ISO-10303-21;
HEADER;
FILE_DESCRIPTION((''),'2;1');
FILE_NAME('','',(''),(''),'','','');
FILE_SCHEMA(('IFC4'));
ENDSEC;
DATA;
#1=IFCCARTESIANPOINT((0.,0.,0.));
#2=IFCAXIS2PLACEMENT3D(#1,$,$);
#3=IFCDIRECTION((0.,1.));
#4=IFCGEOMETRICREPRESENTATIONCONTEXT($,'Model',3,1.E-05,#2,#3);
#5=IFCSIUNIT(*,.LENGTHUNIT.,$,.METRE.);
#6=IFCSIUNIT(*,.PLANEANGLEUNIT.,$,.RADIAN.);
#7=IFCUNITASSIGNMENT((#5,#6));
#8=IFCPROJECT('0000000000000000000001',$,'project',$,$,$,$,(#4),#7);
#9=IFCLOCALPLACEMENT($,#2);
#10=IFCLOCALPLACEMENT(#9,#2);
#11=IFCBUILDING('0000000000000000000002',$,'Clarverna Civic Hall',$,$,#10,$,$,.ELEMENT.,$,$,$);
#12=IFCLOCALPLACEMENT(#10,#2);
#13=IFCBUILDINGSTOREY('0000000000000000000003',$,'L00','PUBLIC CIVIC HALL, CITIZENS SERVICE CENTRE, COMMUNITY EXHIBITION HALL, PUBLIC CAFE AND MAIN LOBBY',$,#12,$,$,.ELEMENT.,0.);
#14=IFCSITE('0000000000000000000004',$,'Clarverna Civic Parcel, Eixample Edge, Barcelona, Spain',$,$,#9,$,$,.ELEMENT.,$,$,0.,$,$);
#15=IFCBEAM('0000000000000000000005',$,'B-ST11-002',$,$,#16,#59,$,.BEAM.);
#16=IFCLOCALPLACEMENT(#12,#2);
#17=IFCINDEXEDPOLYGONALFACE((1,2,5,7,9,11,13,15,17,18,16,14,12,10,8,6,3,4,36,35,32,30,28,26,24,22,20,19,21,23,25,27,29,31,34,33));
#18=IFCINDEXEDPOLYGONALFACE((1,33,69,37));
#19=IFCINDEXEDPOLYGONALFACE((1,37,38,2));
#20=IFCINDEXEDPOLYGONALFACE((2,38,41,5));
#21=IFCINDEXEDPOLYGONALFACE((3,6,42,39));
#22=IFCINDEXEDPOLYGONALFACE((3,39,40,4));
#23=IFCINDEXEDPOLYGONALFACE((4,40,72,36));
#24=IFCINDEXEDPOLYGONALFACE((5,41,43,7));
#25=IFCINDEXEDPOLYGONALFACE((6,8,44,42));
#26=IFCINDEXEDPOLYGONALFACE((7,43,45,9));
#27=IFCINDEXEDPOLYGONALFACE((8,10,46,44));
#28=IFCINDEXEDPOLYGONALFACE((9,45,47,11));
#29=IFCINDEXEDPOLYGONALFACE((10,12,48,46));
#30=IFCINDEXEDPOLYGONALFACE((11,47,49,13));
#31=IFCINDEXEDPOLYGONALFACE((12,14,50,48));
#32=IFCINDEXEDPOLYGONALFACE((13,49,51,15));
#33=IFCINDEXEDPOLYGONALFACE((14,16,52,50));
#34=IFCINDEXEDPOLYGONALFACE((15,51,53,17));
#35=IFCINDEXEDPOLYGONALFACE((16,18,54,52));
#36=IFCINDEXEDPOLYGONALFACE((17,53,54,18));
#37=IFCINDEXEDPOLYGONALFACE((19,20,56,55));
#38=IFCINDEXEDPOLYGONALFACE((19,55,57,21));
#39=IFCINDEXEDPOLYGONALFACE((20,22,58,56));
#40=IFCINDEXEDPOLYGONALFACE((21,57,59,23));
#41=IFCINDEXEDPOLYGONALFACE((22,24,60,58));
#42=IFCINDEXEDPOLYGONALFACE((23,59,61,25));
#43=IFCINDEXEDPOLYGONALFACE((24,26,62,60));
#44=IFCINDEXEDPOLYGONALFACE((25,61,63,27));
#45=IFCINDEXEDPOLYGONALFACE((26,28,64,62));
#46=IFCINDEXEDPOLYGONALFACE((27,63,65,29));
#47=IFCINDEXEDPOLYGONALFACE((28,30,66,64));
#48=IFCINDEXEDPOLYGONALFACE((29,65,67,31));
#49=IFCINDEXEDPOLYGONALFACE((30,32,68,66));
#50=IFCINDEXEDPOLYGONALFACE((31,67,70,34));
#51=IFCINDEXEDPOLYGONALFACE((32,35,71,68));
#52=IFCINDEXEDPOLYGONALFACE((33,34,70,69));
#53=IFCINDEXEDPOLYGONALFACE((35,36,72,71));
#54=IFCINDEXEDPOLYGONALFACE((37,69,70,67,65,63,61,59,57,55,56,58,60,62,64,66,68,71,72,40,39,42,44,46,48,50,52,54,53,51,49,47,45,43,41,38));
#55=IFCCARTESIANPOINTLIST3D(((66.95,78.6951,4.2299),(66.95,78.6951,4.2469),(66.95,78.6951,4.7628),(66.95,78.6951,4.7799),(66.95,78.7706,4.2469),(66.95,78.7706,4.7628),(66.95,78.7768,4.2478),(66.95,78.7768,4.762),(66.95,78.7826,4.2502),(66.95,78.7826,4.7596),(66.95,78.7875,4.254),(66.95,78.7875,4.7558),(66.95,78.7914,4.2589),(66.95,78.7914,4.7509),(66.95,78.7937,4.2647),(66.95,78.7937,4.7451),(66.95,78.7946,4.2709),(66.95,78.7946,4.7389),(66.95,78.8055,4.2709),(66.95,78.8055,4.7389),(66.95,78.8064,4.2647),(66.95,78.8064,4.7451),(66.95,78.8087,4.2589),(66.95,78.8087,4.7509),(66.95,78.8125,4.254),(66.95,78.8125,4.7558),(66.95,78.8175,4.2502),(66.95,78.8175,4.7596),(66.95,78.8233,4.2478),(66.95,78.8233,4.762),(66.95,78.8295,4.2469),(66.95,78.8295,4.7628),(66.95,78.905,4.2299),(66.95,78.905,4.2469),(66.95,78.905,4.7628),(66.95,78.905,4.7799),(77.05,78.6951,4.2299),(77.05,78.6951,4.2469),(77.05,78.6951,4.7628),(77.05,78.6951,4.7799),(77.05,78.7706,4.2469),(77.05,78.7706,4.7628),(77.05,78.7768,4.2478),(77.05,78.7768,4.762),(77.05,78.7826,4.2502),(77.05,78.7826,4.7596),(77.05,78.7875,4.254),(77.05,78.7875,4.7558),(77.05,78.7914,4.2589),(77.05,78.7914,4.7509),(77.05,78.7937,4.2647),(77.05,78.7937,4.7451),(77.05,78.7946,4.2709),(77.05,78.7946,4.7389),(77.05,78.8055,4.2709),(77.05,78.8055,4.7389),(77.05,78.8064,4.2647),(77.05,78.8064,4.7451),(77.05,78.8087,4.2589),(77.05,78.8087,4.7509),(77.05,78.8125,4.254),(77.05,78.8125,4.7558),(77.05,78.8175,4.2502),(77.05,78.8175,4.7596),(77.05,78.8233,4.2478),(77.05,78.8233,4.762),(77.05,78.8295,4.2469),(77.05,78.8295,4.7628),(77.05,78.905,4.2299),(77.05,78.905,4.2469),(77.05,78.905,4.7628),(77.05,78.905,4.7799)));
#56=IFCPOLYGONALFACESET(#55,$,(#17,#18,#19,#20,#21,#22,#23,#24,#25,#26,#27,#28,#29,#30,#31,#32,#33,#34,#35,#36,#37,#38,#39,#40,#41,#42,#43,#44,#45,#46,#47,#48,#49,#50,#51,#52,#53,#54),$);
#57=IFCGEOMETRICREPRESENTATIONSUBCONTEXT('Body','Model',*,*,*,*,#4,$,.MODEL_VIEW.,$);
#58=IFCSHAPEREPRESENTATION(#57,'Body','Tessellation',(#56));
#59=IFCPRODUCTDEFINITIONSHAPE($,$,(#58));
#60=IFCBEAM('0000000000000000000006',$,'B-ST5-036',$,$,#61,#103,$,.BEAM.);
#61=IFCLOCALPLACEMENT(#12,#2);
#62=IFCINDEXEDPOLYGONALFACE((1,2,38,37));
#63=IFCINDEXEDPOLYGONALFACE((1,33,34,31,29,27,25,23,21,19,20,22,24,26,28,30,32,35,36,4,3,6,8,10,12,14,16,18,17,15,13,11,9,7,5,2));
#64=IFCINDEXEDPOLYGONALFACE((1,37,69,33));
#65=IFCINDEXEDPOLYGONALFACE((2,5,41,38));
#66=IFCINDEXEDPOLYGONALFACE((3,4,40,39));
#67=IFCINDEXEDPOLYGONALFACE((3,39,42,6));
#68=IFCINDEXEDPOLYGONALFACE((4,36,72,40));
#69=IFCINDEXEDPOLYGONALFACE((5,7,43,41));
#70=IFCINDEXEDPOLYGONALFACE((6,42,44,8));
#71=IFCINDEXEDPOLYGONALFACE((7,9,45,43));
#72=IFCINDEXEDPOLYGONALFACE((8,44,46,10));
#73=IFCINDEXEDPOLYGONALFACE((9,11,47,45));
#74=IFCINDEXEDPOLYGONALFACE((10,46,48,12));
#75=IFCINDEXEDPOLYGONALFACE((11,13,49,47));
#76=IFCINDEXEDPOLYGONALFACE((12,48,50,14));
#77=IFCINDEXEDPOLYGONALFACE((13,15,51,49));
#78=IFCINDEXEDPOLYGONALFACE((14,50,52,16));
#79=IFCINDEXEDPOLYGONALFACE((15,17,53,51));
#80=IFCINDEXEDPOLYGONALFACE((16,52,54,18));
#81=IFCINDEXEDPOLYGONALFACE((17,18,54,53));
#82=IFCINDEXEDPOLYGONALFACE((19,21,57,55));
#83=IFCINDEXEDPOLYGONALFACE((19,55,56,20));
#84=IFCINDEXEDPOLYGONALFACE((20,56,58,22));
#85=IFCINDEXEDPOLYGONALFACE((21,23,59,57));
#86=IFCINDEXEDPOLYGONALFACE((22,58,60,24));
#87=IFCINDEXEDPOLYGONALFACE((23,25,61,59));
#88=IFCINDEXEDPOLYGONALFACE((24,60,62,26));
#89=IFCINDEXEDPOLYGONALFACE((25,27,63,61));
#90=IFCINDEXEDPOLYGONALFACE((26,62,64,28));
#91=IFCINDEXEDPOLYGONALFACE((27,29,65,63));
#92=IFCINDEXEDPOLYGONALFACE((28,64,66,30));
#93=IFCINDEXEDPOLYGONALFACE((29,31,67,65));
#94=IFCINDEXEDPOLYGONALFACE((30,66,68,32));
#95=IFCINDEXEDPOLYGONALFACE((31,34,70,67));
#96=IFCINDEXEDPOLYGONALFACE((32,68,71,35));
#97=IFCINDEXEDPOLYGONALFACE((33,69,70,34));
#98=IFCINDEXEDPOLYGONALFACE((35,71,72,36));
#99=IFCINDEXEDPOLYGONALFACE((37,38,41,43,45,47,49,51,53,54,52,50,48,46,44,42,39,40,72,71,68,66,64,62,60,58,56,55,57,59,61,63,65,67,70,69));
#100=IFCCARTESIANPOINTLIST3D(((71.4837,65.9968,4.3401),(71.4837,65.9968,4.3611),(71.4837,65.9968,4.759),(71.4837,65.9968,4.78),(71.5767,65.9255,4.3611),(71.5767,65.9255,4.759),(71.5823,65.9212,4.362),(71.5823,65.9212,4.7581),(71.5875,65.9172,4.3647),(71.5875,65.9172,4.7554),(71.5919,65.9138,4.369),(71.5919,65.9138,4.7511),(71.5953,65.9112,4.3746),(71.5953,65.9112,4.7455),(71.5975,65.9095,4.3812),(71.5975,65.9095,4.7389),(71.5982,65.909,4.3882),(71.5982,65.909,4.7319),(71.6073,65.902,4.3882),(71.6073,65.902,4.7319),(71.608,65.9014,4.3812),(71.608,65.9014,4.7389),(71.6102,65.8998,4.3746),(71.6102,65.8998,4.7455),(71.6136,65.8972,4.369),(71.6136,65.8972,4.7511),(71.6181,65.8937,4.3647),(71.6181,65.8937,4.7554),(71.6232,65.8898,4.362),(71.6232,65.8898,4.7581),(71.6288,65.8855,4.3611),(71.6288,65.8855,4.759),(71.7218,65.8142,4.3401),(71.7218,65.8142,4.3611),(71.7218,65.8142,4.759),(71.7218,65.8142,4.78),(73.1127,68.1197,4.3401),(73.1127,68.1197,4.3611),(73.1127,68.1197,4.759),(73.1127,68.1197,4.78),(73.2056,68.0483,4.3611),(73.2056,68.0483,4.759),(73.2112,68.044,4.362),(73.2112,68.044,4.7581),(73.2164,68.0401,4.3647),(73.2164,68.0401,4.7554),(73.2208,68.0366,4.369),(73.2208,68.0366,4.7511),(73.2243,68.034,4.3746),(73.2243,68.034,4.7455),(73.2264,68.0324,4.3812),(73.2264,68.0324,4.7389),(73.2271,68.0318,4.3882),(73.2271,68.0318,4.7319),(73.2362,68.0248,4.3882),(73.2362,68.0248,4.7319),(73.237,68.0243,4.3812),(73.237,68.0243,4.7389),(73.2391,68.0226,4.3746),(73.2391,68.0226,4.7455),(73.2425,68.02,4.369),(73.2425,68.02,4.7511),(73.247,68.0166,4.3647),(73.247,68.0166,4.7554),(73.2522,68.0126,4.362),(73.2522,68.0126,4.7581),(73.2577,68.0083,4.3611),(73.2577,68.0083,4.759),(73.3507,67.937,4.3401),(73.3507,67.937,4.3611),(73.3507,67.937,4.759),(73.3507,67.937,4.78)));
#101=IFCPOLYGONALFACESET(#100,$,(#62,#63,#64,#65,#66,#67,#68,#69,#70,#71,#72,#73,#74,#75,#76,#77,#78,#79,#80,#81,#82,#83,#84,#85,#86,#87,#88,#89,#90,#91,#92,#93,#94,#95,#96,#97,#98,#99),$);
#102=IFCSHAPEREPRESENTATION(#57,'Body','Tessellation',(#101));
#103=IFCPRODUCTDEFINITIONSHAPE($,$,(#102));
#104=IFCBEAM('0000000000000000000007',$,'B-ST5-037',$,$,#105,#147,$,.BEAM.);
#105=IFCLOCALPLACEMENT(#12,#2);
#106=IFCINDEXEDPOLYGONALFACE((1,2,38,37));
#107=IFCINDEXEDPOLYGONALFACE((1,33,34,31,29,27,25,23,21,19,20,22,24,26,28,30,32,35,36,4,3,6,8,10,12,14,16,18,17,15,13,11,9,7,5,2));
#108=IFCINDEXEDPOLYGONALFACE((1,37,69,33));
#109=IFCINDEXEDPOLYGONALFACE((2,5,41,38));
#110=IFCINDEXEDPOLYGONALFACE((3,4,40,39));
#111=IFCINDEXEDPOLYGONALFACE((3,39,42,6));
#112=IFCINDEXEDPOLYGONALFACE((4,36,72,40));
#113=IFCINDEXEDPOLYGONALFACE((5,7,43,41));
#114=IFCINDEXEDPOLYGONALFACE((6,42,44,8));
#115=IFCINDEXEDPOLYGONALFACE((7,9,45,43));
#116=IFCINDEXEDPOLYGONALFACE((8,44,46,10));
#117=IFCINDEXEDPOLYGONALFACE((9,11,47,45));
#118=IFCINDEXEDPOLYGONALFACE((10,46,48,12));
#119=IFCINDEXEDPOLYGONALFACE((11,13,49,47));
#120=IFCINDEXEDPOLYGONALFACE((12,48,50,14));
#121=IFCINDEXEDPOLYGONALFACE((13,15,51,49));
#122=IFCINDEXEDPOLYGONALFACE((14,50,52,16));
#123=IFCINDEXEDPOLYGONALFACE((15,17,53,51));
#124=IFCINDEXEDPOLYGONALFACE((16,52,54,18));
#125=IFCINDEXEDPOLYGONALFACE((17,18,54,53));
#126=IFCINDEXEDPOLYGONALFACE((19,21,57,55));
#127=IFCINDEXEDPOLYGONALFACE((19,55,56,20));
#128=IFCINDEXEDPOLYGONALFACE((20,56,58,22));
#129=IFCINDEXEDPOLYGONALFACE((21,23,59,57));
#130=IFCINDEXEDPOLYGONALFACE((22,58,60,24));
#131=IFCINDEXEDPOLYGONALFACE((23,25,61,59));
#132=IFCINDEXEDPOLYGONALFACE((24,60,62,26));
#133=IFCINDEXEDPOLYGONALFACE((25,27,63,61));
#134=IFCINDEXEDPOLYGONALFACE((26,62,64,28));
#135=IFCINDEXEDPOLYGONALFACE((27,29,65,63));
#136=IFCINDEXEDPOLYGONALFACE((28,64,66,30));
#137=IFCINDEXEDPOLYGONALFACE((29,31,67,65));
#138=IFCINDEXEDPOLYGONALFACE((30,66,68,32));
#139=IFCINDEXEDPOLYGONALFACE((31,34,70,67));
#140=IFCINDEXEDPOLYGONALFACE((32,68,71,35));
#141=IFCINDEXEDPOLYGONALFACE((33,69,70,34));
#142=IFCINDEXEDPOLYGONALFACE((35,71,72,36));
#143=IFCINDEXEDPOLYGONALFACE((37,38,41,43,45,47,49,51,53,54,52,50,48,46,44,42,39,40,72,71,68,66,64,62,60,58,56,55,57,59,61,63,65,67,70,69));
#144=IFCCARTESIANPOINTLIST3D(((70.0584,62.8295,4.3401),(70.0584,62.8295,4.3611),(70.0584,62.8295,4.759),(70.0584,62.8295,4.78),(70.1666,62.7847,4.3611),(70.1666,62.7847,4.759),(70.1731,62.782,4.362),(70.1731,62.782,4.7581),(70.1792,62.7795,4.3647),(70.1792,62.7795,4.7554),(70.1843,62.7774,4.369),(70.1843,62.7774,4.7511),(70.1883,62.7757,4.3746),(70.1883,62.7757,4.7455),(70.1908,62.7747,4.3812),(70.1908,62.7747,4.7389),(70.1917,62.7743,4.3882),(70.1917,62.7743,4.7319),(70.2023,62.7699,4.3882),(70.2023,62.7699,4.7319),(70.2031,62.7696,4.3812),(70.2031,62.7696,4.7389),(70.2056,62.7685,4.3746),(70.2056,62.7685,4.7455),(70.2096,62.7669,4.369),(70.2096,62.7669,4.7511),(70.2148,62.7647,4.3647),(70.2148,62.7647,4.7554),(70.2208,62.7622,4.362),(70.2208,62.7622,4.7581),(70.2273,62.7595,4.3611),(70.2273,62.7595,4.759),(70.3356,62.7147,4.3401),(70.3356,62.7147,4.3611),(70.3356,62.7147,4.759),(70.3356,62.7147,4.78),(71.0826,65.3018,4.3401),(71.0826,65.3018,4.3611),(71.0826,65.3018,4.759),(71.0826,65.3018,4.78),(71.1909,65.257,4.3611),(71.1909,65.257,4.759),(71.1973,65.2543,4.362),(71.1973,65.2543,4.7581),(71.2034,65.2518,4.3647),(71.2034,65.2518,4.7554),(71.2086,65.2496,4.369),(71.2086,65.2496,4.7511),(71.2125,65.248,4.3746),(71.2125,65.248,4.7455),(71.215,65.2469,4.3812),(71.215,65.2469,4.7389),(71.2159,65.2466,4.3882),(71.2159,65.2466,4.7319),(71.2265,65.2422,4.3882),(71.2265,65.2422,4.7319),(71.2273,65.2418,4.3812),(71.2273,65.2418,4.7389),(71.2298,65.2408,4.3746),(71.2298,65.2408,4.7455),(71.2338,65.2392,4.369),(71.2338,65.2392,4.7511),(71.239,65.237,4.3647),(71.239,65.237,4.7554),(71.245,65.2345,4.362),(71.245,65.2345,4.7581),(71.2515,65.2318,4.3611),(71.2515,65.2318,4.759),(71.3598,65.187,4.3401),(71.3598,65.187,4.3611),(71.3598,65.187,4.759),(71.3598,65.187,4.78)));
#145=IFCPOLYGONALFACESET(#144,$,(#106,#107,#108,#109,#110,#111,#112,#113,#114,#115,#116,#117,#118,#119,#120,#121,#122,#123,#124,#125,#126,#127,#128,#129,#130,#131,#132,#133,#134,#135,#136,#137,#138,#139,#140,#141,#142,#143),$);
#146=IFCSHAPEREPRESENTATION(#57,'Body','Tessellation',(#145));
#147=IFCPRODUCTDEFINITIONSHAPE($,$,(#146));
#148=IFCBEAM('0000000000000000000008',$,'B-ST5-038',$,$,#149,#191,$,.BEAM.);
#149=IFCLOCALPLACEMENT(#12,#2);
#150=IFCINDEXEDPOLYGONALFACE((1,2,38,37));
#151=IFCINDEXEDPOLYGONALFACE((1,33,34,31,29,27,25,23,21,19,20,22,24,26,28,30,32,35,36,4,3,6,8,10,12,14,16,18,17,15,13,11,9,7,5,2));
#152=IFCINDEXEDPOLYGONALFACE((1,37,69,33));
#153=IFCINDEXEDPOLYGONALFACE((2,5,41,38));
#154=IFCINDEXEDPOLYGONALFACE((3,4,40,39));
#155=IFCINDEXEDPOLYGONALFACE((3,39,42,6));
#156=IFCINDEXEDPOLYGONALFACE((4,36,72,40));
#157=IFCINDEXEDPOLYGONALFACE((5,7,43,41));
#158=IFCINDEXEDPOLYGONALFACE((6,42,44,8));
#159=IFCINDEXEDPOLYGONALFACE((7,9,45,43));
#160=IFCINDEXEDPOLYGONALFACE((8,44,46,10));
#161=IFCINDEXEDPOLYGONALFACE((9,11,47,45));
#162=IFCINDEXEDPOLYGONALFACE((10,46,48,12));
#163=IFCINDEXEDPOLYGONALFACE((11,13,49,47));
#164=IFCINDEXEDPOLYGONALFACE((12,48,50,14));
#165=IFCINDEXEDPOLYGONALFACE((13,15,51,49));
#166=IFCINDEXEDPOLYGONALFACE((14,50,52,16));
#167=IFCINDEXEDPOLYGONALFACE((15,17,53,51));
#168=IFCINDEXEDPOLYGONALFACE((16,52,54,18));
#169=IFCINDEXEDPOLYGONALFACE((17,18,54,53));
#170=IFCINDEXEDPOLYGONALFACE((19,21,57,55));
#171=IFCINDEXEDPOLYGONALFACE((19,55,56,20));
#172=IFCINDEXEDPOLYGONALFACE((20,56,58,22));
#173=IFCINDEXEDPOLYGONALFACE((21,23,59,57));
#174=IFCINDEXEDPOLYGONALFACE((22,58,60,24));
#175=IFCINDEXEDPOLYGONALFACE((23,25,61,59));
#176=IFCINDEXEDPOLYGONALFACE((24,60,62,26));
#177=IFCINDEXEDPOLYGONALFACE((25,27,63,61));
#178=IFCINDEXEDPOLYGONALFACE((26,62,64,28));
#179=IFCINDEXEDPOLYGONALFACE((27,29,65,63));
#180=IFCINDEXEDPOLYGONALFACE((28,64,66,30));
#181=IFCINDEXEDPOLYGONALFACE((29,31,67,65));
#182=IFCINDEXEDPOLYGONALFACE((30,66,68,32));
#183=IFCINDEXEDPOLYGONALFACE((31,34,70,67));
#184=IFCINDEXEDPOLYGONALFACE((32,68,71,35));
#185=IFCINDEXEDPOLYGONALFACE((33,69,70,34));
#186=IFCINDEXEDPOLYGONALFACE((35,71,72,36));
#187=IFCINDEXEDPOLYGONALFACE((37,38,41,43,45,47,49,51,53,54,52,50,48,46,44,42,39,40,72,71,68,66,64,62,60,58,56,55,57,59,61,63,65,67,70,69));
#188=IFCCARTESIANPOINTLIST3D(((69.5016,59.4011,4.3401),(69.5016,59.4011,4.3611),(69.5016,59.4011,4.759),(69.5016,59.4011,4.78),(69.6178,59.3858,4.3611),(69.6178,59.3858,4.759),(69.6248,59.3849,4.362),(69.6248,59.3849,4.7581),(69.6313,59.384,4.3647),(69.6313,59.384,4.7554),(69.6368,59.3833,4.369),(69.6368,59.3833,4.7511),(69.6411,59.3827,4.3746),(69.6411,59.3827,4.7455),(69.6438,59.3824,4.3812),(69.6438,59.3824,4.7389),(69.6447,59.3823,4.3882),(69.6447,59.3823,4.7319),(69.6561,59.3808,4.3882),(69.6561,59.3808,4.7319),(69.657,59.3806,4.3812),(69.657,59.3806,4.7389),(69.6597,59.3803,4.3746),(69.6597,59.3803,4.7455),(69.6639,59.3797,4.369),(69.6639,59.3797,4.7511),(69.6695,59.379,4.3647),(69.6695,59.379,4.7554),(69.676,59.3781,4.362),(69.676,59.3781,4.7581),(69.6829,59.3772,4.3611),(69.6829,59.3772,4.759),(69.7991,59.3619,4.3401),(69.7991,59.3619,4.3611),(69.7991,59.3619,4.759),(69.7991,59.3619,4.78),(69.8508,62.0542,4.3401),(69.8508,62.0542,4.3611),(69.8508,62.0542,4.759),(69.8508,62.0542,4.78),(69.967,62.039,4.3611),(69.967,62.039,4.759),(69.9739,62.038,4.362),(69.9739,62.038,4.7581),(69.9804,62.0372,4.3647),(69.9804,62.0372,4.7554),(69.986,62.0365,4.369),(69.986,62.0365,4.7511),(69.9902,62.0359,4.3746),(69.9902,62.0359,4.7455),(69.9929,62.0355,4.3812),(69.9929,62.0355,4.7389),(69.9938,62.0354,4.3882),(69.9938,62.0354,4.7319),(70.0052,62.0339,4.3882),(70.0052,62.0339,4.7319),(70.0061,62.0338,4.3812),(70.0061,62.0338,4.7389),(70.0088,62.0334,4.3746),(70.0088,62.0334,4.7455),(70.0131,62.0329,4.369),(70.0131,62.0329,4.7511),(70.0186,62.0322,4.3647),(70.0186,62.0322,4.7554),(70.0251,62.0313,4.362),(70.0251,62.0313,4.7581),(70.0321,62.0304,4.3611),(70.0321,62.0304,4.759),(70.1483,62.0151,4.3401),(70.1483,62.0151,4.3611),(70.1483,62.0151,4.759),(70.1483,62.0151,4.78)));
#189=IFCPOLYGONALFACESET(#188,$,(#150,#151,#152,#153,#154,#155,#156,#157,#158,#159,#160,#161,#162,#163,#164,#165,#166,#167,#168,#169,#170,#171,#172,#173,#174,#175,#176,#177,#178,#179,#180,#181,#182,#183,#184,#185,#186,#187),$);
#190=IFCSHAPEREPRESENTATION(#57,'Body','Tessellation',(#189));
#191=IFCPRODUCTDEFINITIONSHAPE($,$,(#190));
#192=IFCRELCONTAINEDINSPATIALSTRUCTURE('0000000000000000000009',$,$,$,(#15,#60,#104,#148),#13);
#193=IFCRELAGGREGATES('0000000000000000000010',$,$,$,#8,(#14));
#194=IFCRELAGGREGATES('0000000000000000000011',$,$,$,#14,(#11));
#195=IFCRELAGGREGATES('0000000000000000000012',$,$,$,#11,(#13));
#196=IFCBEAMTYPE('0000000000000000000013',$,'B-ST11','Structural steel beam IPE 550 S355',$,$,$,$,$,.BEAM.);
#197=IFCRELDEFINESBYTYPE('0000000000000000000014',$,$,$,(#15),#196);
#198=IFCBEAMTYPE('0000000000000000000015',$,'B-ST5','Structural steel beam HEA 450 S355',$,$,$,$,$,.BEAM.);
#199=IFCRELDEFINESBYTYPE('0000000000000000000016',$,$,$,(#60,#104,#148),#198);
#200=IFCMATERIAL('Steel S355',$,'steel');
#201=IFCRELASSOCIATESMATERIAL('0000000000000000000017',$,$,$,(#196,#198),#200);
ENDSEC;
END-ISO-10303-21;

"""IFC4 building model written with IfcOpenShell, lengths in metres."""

from ifc_helpers import new_model, si_unit, direction, frame, origin, origin_2d, place, context, subcontext, project, spatial, i_section, extrude, material, material_profile, profile_set, type_object, element, save


model = new_model("IFC4")

# Units and contexts
model_context = context("Model", 3, precision=1e-05, world=origin(), true_north=direction((0.0, 1.0)))
body_context = subcontext(model_context, "Body", "Model", "MODEL_VIEW")
ifc_project = project(units=[si_unit("LENGTHUNIT", "METRE"), si_unit("PLANEANGLEUNIT", "RADIAN")], contexts=[model_context])

# Site, building, storey
site_placement = place(None, origin())
site = spatial("IfcSite", under=ifc_project, at=site_placement, Name="Clarverna Civic Parcel, Eixample Edge, Barcelona, Spain", CompositionType="ELEMENT", RefElevation=0.0)
building_placement = place(site_placement, origin())
building = spatial("IfcBuilding", under=site, at=building_placement, Name="Clarverna Civic Hall", CompositionType="ELEMENT")
storey_placement = place(building_placement, origin())
storey = spatial("IfcBuildingStorey", under=building, at=storey_placement, Name="L00", Description="PUBLIC CIVIC HALL, CITIZENS SERVICE CENTRE, COMMUNITY EXHIBITION HALL, PUBLIC CAFE AND MAIN LOBBY", CompositionType="ELEMENT", Elevation=0.0)

# Beams
ifc_material_1 = material(Name="Steel S355", Category="steel")
ifc_material_profile_1 = material_profile(ifc_material_1, i_section(OverallWidth=0.21, OverallDepth=0.55, WebThickness=0.011, FlangeThickness=0.0171, FilletRadius=0.0239, at=origin_2d()), Name="IPE 550")
ifc_profile_set_1 = profile_set([ifc_material_profile_1], Name="Steel S355")
beam_type_1 = type_object("IfcBeamType", Name="B-ST11", Description="Structural steel beam IPE 550 S355", PredefinedType="BEAM", material=ifc_profile_set_1)
beam_1_placement = place(storey_placement, frame((66.95, 78.8, 4.5049), z_axis=(1.0, 0.0, 0.0), x_axis=(0.0, 1.0, 0.0)))
element("IfcBeam", 1, at=beam_1_placement, inside=storey, type_object=beam_type_1, Name="B-ST11-002", PredefinedType="BEAM", context=body_context, shape_type="SweptSolid", body=[
    extrude(i_section(OverallWidth=0.21, OverallDepth=0.55, WebThickness=0.011, FlangeThickness=0.0171, FilletRadius=0.0239, at=origin_2d()), origin(), (0.0, 0.0, 1.0), 10.1001),
])
ifc_material_profile_2 = material_profile(ifc_material_1, i_section(OverallWidth=0.3, OverallDepth=0.4399, WebThickness=0.0115, FlangeThickness=0.021, FilletRadius=0.0271, at=origin_2d()), Name="HEA 450")
ifc_profile_set_2 = profile_set([ifc_material_profile_2], Name="Steel S355")
beam_type_2 = type_object("IfcBeamType", Name="B-ST5", Description="Structural steel beam HEA 450 S355", PredefinedType="BEAM", material=ifc_profile_set_2)
beam_2_placement = place(storey_placement, frame((73.2317, 68.0283, 4.5601), z_axis=(-0.608767, -0.793349, 0.0), x_axis=(0.793349, -0.608767, 0.0)))
element("IfcBeam", 2, at=beam_2_placement, inside=storey, type_object=beam_type_2, Name="B-ST5-036", PredefinedType="BEAM", context=body_context, shape_type="SweptSolid", body=[
    extrude(i_section(OverallWidth=0.3, OverallDepth=0.4399, WebThickness=0.0115, FlangeThickness=0.021, FilletRadius=0.0271, at=origin_2d()), origin(), (0.0, 0.0, 1.0), 2.6758),
])
for number, where, z_axis, x_axis, name in (
    (3, (71.2212, 65.2444, 4.5601), (-0.382736, -0.923858, 0.0), (0.923858, -0.382736, 0.0), "B-ST5-037"),
    (4, (69.9995, 62.0347, 4.5601), (-0.130466, -0.991453, 0.0), (0.991453, -0.130466, 0.0), "B-ST5-038"),
):
    element("IfcBeam", number, at=place(storey_placement, frame(where, z_axis=z_axis, x_axis=x_axis)), inside=storey, type_object=beam_type_2, Name=name, PredefinedType="BEAM", context=body_context, shape_type="SweptSolid", body=[
        extrude(i_section(OverallWidth=0.3, OverallDepth=0.4399, WebThickness=0.0115, FlangeThickness=0.021, FilletRadius=0.0271, at=origin_2d()), origin(), (0.0, 0.0, 1.0), 2.676),
    ])

save(model, "model.ifc")
